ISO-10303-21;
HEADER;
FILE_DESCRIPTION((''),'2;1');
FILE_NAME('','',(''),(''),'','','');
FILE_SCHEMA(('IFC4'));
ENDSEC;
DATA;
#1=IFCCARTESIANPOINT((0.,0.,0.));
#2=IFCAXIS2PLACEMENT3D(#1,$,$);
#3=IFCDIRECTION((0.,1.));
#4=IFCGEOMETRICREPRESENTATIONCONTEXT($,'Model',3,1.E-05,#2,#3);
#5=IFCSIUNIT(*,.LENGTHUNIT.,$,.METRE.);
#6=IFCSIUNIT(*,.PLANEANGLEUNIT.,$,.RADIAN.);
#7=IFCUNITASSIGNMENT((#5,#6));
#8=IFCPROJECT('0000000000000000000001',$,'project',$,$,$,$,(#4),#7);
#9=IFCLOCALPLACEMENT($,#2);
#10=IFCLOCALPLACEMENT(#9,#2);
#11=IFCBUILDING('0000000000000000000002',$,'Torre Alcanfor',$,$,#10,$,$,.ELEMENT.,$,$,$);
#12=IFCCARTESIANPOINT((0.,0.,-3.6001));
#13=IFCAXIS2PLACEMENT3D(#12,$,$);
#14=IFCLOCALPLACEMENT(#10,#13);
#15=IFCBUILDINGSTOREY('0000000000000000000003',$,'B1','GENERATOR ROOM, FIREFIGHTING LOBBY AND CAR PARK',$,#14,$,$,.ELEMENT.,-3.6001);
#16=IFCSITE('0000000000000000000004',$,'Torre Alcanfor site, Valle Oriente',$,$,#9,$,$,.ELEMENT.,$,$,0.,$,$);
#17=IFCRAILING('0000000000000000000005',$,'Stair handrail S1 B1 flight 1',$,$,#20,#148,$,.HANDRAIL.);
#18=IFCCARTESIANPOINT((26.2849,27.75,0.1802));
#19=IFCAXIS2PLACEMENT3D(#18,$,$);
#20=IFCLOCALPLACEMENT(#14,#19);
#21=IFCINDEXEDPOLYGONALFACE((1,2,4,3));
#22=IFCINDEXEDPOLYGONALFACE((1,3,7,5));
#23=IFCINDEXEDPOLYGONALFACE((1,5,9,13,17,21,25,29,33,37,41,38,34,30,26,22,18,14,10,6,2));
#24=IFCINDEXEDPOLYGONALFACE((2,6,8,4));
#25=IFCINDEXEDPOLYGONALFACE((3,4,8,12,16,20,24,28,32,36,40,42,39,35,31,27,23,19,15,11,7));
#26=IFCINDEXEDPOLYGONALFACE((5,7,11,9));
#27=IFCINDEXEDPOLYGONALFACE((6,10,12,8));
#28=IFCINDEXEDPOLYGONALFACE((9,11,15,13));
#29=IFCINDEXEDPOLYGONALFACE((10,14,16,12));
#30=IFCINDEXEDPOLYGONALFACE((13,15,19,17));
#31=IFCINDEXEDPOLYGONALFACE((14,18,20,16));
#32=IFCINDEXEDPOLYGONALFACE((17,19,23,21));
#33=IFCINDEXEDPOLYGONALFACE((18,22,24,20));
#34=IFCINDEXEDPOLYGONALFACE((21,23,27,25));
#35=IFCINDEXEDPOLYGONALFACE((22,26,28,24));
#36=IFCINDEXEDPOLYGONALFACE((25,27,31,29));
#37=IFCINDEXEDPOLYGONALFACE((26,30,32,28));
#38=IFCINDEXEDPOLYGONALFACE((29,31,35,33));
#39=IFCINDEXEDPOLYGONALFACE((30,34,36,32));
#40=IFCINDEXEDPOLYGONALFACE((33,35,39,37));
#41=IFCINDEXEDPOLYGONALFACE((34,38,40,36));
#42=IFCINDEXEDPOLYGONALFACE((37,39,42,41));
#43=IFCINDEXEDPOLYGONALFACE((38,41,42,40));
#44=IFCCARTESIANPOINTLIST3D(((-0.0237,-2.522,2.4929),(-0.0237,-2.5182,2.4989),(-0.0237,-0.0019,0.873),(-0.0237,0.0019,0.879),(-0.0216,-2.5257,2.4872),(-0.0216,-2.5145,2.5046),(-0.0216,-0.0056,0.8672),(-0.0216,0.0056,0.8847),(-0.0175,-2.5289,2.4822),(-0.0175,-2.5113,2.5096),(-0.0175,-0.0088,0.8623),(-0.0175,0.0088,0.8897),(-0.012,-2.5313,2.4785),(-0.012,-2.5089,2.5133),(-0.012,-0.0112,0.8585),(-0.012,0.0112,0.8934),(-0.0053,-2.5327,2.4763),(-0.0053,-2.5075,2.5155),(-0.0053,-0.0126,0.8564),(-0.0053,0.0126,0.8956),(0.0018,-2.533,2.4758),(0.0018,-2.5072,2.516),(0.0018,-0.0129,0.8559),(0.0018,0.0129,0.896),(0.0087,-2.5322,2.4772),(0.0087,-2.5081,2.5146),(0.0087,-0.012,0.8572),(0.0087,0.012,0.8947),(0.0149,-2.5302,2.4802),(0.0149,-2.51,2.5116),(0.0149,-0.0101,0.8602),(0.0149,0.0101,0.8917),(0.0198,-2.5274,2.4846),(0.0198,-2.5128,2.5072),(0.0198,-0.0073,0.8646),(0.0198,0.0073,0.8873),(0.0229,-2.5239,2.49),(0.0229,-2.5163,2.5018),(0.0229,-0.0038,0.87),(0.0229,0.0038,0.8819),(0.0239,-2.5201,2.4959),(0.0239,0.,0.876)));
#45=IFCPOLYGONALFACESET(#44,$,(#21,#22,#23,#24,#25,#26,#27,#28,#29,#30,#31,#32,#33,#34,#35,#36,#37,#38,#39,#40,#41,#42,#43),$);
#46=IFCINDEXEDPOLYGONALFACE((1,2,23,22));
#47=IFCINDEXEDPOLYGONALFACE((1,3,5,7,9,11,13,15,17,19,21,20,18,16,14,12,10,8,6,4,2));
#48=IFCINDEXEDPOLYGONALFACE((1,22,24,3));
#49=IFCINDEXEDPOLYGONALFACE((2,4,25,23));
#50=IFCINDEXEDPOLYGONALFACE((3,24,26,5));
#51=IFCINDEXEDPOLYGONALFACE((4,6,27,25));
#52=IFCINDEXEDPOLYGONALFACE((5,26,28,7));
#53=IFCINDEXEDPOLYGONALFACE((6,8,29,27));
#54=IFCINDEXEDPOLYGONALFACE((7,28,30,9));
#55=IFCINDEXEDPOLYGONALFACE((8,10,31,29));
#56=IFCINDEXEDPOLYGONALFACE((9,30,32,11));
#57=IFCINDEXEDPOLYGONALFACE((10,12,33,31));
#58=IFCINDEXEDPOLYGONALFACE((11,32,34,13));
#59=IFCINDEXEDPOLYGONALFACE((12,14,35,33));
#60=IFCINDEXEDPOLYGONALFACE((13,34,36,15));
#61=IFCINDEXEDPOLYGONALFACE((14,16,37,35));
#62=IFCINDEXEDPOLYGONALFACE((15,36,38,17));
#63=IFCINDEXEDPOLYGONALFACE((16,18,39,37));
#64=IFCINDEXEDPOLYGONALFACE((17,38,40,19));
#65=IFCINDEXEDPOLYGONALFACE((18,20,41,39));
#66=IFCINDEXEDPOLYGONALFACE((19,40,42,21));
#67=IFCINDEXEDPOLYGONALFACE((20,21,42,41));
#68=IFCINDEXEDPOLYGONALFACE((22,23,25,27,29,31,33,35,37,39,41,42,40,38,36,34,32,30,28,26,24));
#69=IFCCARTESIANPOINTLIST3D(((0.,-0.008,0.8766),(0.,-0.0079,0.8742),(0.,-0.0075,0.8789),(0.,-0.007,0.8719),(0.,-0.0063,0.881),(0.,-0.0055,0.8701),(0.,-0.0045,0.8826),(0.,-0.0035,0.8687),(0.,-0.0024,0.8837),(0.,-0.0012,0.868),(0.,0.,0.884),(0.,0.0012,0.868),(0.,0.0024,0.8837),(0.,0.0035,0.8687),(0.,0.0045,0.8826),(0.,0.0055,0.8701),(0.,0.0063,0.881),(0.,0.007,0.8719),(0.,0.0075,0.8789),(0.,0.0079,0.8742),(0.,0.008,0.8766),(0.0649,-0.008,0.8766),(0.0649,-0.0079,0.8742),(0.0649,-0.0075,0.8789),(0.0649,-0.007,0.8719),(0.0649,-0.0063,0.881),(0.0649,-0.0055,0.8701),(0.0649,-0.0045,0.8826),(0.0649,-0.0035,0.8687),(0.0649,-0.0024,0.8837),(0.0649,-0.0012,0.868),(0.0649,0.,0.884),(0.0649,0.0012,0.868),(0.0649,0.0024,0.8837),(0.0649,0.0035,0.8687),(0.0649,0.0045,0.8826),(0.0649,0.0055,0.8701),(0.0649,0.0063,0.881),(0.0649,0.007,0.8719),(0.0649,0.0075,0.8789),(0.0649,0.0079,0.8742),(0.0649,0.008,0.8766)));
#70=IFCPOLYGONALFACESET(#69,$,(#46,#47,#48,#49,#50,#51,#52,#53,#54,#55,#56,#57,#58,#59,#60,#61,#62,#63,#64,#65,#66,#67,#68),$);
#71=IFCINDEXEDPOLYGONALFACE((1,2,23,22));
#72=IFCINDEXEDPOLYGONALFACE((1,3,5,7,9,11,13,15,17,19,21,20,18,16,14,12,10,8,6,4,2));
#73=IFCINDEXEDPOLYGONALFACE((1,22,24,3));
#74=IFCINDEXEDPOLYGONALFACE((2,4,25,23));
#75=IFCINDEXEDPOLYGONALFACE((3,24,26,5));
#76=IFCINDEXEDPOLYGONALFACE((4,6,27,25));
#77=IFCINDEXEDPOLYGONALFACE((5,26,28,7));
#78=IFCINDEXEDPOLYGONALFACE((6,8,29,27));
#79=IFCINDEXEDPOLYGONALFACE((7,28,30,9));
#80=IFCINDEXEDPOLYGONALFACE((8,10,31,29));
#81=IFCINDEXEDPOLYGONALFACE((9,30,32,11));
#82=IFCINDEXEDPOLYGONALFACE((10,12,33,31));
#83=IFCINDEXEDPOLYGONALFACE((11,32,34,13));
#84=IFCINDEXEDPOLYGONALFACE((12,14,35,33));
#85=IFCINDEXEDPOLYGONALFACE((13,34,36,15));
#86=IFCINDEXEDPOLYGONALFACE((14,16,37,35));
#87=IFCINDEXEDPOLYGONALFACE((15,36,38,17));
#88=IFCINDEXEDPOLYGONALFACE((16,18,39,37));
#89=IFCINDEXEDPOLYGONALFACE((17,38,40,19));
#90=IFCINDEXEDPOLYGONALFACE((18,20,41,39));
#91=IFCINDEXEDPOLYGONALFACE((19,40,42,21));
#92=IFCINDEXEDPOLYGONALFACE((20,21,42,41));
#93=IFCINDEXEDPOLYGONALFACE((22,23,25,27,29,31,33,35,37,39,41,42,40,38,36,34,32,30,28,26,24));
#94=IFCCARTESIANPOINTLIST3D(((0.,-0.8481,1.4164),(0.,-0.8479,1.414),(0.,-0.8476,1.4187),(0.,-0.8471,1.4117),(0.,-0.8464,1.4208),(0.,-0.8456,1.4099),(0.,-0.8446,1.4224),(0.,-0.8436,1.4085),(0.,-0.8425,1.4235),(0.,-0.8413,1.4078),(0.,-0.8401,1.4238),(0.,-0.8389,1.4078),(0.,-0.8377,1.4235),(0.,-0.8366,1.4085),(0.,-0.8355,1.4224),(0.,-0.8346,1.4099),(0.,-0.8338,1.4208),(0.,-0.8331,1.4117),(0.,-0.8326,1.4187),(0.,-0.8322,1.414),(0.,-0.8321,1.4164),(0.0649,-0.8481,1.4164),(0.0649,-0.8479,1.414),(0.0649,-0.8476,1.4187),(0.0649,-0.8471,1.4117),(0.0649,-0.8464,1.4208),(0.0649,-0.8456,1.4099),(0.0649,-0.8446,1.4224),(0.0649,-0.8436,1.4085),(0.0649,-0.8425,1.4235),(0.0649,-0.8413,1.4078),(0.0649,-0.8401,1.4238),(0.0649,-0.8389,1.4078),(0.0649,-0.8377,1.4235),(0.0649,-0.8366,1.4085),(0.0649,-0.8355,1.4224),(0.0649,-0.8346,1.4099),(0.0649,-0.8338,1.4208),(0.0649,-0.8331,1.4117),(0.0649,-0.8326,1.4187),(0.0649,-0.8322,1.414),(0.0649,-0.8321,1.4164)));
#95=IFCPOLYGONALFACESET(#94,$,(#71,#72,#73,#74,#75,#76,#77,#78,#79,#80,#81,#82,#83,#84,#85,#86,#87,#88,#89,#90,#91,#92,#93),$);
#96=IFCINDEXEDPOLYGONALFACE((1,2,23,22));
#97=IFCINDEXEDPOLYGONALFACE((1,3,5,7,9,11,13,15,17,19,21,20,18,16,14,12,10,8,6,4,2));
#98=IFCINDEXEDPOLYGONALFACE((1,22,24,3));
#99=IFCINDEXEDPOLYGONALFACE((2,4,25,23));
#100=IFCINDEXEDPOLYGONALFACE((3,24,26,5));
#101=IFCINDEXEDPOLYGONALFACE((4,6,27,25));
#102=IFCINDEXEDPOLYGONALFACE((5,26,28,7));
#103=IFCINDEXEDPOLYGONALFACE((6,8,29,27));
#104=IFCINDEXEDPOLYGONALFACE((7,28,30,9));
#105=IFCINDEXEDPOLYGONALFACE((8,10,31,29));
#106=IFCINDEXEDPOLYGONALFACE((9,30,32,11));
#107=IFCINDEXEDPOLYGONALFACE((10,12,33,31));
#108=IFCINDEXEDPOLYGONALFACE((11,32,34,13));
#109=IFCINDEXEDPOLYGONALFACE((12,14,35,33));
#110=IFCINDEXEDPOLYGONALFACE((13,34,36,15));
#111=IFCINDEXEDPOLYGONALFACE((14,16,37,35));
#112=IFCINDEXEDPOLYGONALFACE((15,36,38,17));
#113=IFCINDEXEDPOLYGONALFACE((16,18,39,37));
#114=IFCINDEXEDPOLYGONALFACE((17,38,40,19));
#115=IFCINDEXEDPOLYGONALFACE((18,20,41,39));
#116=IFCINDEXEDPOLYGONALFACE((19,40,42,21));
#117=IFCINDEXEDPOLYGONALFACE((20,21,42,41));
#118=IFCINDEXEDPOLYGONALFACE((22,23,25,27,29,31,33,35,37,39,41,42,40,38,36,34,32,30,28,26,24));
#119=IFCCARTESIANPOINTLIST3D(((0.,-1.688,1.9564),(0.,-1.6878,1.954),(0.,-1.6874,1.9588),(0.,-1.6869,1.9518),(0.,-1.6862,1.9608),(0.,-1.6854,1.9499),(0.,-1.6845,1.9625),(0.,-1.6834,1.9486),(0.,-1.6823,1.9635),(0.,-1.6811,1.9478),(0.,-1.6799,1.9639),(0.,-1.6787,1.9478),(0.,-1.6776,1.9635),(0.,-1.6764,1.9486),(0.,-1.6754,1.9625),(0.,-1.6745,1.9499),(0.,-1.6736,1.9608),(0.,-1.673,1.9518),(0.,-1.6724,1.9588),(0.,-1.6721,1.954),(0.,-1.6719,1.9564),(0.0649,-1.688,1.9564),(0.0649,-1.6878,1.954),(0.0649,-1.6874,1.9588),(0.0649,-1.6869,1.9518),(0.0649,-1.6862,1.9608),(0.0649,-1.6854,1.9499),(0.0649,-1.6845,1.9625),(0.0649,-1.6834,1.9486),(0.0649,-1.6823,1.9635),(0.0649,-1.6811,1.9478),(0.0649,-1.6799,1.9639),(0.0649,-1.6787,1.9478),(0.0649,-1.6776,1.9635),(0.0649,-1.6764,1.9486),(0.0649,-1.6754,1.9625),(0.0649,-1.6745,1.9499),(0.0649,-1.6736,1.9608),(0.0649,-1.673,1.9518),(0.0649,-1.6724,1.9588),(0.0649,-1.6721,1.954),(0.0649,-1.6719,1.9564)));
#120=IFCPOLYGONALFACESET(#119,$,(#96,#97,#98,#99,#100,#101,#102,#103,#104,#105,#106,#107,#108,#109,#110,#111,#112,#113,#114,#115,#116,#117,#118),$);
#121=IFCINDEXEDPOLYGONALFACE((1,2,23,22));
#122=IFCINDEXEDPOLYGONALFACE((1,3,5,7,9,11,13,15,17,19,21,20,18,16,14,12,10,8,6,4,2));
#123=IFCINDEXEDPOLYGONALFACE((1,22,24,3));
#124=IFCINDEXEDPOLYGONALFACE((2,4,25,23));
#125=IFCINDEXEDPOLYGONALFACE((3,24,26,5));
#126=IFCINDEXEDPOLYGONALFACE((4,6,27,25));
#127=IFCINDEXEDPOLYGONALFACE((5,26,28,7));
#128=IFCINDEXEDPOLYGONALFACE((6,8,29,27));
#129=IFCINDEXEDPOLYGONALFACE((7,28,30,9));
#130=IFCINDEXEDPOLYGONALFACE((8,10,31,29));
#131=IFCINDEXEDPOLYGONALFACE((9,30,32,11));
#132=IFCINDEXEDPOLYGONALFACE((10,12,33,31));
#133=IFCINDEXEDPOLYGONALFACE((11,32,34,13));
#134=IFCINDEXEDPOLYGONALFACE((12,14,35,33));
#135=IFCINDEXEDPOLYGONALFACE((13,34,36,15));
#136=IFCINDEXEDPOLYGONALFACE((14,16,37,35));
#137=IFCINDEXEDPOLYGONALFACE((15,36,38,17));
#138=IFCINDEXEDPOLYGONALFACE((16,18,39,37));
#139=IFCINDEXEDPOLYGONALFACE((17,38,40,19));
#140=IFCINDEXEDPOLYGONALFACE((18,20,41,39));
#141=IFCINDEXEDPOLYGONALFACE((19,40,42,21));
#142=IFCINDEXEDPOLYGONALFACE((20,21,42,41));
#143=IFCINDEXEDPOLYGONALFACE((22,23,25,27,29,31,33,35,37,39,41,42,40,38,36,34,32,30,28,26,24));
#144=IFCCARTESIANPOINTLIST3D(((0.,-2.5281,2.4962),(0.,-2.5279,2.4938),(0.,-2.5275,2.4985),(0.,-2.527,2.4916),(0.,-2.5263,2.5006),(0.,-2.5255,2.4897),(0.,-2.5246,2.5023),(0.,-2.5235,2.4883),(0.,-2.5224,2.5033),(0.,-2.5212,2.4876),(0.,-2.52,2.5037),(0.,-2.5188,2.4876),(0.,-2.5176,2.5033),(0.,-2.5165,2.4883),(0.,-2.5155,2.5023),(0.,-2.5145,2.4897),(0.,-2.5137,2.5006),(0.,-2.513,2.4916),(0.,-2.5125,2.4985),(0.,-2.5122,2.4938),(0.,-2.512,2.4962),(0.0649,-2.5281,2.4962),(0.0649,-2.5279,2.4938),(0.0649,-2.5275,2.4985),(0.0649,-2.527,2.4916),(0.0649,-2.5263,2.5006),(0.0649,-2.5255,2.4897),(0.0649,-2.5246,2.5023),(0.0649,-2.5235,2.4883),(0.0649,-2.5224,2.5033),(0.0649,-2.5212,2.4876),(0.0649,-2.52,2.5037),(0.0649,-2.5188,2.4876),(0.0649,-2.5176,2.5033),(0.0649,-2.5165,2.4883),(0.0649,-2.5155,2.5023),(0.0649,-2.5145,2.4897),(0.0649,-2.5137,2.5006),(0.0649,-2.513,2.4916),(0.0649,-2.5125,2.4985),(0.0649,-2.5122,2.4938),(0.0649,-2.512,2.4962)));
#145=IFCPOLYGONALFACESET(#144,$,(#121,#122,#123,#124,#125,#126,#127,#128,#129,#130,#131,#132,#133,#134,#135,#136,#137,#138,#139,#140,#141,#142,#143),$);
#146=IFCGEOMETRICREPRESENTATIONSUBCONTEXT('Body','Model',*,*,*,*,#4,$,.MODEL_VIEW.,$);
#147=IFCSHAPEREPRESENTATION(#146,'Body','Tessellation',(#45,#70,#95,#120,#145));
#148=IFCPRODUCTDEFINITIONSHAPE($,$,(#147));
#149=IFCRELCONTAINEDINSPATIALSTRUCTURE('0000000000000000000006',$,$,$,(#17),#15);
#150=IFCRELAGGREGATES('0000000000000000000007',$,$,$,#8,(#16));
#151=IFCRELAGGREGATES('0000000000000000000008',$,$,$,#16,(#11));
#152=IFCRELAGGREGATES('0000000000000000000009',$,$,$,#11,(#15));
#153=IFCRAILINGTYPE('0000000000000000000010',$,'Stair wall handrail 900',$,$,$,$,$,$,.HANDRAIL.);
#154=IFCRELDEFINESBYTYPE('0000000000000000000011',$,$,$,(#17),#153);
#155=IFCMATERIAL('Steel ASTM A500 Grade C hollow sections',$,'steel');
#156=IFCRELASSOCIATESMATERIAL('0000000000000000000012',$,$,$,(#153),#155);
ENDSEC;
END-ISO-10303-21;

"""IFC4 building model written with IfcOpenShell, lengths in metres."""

from ifc_helpers import new_model, si_unit, direction, frame, origin, origin_2d, place, context, subcontext, project, spatial, circle, extrude, material, type_object, element, save


model = new_model("IFC4")

# Units and contexts
model_context = context("Model", 3, precision=1e-05, world=origin(), true_north=direction((0.0, 1.0)))
body_context = subcontext(model_context, "Body", "Model", "MODEL_VIEW")
ifc_project = project(units=[si_unit("LENGTHUNIT", "METRE"), si_unit("PLANEANGLEUNIT", "RADIAN")], contexts=[model_context])

# Site, building, storey
site_placement = place(None, origin())
site = spatial("IfcSite", under=ifc_project, at=site_placement, Name="Torre Alcanfor site, Valle Oriente", CompositionType="ELEMENT", RefElevation=0.0)
building_placement = place(site_placement, origin())
building = spatial("IfcBuilding", under=site, at=building_placement, Name="Torre Alcanfor", CompositionType="ELEMENT")
storey_placement = place(building_placement, frame((0.0, 0.0, -3.6001)))
storey = spatial("IfcBuildingStorey", under=building, at=storey_placement, Name="B1", Description="GENERATOR ROOM, FIREFIGHTING LOBBY AND CAR PARK", CompositionType="ELEMENT", Elevation=-3.6001)

# Railing
ifc_material_1 = material(Name="Steel ASTM A500 Grade C hollow sections", Category="steel")
railing_type_1 = type_object("IfcRailingType", Name="Stair wall handrail 900", PredefinedType="HANDRAIL", material=ifc_material_1)
railing_1_placement = place(storey_placement, frame((26.2849, 27.75, 0.1802)))
element("IfcRailing", 1, at=railing_1_placement, inside=storey, type_object=railing_type_1, Name="Stair handrail S1 B1 flight 1", PredefinedType="HANDRAIL", context=body_context, shape_type="SweptSolid", body=[
    extrude(circle(Radius=0.0239, at=origin_2d()), frame((0.0, 0.0, 0.876), z_axis=(0.0, -0.8412, 0.540725), x_axis=(1.0, 0.0, 0.0)), (0.0, 0.0, 1.0), 2.9958),
    extrude(circle(Radius=0.0081, at=origin_2d()), frame((0.0, 0.0, 0.876), z_axis=(1.0, 0.0, 0.0), x_axis=(0.0, 0.0, 1.0)), (0.0, 0.0, 1.0), 0.0649),
    extrude(circle(Radius=0.0081, at=origin_2d()), frame((0.0, -0.8401, 1.4158), z_axis=(1.0, 0.0, 0.0), x_axis=(0.0, 0.0, 1.0)), (0.0, 0.0, 1.0), 0.0649),
    extrude(circle(Radius=0.0081, at=origin_2d()), frame((0.0, -1.6799, 1.9558), z_axis=(1.0, 0.0, 0.0), x_axis=(0.0, 0.0, 1.0)), (0.0, 0.0, 1.0), 0.0649),
    extrude(circle(Radius=0.0081, at=origin_2d()), frame((0.0, -2.52, 2.4956), z_axis=(1.0, 0.0, 0.0), x_axis=(0.0, 0.0, 1.0)), (0.0, 0.0, 1.0), 0.0649),
])

save(model, "model.ifc")
